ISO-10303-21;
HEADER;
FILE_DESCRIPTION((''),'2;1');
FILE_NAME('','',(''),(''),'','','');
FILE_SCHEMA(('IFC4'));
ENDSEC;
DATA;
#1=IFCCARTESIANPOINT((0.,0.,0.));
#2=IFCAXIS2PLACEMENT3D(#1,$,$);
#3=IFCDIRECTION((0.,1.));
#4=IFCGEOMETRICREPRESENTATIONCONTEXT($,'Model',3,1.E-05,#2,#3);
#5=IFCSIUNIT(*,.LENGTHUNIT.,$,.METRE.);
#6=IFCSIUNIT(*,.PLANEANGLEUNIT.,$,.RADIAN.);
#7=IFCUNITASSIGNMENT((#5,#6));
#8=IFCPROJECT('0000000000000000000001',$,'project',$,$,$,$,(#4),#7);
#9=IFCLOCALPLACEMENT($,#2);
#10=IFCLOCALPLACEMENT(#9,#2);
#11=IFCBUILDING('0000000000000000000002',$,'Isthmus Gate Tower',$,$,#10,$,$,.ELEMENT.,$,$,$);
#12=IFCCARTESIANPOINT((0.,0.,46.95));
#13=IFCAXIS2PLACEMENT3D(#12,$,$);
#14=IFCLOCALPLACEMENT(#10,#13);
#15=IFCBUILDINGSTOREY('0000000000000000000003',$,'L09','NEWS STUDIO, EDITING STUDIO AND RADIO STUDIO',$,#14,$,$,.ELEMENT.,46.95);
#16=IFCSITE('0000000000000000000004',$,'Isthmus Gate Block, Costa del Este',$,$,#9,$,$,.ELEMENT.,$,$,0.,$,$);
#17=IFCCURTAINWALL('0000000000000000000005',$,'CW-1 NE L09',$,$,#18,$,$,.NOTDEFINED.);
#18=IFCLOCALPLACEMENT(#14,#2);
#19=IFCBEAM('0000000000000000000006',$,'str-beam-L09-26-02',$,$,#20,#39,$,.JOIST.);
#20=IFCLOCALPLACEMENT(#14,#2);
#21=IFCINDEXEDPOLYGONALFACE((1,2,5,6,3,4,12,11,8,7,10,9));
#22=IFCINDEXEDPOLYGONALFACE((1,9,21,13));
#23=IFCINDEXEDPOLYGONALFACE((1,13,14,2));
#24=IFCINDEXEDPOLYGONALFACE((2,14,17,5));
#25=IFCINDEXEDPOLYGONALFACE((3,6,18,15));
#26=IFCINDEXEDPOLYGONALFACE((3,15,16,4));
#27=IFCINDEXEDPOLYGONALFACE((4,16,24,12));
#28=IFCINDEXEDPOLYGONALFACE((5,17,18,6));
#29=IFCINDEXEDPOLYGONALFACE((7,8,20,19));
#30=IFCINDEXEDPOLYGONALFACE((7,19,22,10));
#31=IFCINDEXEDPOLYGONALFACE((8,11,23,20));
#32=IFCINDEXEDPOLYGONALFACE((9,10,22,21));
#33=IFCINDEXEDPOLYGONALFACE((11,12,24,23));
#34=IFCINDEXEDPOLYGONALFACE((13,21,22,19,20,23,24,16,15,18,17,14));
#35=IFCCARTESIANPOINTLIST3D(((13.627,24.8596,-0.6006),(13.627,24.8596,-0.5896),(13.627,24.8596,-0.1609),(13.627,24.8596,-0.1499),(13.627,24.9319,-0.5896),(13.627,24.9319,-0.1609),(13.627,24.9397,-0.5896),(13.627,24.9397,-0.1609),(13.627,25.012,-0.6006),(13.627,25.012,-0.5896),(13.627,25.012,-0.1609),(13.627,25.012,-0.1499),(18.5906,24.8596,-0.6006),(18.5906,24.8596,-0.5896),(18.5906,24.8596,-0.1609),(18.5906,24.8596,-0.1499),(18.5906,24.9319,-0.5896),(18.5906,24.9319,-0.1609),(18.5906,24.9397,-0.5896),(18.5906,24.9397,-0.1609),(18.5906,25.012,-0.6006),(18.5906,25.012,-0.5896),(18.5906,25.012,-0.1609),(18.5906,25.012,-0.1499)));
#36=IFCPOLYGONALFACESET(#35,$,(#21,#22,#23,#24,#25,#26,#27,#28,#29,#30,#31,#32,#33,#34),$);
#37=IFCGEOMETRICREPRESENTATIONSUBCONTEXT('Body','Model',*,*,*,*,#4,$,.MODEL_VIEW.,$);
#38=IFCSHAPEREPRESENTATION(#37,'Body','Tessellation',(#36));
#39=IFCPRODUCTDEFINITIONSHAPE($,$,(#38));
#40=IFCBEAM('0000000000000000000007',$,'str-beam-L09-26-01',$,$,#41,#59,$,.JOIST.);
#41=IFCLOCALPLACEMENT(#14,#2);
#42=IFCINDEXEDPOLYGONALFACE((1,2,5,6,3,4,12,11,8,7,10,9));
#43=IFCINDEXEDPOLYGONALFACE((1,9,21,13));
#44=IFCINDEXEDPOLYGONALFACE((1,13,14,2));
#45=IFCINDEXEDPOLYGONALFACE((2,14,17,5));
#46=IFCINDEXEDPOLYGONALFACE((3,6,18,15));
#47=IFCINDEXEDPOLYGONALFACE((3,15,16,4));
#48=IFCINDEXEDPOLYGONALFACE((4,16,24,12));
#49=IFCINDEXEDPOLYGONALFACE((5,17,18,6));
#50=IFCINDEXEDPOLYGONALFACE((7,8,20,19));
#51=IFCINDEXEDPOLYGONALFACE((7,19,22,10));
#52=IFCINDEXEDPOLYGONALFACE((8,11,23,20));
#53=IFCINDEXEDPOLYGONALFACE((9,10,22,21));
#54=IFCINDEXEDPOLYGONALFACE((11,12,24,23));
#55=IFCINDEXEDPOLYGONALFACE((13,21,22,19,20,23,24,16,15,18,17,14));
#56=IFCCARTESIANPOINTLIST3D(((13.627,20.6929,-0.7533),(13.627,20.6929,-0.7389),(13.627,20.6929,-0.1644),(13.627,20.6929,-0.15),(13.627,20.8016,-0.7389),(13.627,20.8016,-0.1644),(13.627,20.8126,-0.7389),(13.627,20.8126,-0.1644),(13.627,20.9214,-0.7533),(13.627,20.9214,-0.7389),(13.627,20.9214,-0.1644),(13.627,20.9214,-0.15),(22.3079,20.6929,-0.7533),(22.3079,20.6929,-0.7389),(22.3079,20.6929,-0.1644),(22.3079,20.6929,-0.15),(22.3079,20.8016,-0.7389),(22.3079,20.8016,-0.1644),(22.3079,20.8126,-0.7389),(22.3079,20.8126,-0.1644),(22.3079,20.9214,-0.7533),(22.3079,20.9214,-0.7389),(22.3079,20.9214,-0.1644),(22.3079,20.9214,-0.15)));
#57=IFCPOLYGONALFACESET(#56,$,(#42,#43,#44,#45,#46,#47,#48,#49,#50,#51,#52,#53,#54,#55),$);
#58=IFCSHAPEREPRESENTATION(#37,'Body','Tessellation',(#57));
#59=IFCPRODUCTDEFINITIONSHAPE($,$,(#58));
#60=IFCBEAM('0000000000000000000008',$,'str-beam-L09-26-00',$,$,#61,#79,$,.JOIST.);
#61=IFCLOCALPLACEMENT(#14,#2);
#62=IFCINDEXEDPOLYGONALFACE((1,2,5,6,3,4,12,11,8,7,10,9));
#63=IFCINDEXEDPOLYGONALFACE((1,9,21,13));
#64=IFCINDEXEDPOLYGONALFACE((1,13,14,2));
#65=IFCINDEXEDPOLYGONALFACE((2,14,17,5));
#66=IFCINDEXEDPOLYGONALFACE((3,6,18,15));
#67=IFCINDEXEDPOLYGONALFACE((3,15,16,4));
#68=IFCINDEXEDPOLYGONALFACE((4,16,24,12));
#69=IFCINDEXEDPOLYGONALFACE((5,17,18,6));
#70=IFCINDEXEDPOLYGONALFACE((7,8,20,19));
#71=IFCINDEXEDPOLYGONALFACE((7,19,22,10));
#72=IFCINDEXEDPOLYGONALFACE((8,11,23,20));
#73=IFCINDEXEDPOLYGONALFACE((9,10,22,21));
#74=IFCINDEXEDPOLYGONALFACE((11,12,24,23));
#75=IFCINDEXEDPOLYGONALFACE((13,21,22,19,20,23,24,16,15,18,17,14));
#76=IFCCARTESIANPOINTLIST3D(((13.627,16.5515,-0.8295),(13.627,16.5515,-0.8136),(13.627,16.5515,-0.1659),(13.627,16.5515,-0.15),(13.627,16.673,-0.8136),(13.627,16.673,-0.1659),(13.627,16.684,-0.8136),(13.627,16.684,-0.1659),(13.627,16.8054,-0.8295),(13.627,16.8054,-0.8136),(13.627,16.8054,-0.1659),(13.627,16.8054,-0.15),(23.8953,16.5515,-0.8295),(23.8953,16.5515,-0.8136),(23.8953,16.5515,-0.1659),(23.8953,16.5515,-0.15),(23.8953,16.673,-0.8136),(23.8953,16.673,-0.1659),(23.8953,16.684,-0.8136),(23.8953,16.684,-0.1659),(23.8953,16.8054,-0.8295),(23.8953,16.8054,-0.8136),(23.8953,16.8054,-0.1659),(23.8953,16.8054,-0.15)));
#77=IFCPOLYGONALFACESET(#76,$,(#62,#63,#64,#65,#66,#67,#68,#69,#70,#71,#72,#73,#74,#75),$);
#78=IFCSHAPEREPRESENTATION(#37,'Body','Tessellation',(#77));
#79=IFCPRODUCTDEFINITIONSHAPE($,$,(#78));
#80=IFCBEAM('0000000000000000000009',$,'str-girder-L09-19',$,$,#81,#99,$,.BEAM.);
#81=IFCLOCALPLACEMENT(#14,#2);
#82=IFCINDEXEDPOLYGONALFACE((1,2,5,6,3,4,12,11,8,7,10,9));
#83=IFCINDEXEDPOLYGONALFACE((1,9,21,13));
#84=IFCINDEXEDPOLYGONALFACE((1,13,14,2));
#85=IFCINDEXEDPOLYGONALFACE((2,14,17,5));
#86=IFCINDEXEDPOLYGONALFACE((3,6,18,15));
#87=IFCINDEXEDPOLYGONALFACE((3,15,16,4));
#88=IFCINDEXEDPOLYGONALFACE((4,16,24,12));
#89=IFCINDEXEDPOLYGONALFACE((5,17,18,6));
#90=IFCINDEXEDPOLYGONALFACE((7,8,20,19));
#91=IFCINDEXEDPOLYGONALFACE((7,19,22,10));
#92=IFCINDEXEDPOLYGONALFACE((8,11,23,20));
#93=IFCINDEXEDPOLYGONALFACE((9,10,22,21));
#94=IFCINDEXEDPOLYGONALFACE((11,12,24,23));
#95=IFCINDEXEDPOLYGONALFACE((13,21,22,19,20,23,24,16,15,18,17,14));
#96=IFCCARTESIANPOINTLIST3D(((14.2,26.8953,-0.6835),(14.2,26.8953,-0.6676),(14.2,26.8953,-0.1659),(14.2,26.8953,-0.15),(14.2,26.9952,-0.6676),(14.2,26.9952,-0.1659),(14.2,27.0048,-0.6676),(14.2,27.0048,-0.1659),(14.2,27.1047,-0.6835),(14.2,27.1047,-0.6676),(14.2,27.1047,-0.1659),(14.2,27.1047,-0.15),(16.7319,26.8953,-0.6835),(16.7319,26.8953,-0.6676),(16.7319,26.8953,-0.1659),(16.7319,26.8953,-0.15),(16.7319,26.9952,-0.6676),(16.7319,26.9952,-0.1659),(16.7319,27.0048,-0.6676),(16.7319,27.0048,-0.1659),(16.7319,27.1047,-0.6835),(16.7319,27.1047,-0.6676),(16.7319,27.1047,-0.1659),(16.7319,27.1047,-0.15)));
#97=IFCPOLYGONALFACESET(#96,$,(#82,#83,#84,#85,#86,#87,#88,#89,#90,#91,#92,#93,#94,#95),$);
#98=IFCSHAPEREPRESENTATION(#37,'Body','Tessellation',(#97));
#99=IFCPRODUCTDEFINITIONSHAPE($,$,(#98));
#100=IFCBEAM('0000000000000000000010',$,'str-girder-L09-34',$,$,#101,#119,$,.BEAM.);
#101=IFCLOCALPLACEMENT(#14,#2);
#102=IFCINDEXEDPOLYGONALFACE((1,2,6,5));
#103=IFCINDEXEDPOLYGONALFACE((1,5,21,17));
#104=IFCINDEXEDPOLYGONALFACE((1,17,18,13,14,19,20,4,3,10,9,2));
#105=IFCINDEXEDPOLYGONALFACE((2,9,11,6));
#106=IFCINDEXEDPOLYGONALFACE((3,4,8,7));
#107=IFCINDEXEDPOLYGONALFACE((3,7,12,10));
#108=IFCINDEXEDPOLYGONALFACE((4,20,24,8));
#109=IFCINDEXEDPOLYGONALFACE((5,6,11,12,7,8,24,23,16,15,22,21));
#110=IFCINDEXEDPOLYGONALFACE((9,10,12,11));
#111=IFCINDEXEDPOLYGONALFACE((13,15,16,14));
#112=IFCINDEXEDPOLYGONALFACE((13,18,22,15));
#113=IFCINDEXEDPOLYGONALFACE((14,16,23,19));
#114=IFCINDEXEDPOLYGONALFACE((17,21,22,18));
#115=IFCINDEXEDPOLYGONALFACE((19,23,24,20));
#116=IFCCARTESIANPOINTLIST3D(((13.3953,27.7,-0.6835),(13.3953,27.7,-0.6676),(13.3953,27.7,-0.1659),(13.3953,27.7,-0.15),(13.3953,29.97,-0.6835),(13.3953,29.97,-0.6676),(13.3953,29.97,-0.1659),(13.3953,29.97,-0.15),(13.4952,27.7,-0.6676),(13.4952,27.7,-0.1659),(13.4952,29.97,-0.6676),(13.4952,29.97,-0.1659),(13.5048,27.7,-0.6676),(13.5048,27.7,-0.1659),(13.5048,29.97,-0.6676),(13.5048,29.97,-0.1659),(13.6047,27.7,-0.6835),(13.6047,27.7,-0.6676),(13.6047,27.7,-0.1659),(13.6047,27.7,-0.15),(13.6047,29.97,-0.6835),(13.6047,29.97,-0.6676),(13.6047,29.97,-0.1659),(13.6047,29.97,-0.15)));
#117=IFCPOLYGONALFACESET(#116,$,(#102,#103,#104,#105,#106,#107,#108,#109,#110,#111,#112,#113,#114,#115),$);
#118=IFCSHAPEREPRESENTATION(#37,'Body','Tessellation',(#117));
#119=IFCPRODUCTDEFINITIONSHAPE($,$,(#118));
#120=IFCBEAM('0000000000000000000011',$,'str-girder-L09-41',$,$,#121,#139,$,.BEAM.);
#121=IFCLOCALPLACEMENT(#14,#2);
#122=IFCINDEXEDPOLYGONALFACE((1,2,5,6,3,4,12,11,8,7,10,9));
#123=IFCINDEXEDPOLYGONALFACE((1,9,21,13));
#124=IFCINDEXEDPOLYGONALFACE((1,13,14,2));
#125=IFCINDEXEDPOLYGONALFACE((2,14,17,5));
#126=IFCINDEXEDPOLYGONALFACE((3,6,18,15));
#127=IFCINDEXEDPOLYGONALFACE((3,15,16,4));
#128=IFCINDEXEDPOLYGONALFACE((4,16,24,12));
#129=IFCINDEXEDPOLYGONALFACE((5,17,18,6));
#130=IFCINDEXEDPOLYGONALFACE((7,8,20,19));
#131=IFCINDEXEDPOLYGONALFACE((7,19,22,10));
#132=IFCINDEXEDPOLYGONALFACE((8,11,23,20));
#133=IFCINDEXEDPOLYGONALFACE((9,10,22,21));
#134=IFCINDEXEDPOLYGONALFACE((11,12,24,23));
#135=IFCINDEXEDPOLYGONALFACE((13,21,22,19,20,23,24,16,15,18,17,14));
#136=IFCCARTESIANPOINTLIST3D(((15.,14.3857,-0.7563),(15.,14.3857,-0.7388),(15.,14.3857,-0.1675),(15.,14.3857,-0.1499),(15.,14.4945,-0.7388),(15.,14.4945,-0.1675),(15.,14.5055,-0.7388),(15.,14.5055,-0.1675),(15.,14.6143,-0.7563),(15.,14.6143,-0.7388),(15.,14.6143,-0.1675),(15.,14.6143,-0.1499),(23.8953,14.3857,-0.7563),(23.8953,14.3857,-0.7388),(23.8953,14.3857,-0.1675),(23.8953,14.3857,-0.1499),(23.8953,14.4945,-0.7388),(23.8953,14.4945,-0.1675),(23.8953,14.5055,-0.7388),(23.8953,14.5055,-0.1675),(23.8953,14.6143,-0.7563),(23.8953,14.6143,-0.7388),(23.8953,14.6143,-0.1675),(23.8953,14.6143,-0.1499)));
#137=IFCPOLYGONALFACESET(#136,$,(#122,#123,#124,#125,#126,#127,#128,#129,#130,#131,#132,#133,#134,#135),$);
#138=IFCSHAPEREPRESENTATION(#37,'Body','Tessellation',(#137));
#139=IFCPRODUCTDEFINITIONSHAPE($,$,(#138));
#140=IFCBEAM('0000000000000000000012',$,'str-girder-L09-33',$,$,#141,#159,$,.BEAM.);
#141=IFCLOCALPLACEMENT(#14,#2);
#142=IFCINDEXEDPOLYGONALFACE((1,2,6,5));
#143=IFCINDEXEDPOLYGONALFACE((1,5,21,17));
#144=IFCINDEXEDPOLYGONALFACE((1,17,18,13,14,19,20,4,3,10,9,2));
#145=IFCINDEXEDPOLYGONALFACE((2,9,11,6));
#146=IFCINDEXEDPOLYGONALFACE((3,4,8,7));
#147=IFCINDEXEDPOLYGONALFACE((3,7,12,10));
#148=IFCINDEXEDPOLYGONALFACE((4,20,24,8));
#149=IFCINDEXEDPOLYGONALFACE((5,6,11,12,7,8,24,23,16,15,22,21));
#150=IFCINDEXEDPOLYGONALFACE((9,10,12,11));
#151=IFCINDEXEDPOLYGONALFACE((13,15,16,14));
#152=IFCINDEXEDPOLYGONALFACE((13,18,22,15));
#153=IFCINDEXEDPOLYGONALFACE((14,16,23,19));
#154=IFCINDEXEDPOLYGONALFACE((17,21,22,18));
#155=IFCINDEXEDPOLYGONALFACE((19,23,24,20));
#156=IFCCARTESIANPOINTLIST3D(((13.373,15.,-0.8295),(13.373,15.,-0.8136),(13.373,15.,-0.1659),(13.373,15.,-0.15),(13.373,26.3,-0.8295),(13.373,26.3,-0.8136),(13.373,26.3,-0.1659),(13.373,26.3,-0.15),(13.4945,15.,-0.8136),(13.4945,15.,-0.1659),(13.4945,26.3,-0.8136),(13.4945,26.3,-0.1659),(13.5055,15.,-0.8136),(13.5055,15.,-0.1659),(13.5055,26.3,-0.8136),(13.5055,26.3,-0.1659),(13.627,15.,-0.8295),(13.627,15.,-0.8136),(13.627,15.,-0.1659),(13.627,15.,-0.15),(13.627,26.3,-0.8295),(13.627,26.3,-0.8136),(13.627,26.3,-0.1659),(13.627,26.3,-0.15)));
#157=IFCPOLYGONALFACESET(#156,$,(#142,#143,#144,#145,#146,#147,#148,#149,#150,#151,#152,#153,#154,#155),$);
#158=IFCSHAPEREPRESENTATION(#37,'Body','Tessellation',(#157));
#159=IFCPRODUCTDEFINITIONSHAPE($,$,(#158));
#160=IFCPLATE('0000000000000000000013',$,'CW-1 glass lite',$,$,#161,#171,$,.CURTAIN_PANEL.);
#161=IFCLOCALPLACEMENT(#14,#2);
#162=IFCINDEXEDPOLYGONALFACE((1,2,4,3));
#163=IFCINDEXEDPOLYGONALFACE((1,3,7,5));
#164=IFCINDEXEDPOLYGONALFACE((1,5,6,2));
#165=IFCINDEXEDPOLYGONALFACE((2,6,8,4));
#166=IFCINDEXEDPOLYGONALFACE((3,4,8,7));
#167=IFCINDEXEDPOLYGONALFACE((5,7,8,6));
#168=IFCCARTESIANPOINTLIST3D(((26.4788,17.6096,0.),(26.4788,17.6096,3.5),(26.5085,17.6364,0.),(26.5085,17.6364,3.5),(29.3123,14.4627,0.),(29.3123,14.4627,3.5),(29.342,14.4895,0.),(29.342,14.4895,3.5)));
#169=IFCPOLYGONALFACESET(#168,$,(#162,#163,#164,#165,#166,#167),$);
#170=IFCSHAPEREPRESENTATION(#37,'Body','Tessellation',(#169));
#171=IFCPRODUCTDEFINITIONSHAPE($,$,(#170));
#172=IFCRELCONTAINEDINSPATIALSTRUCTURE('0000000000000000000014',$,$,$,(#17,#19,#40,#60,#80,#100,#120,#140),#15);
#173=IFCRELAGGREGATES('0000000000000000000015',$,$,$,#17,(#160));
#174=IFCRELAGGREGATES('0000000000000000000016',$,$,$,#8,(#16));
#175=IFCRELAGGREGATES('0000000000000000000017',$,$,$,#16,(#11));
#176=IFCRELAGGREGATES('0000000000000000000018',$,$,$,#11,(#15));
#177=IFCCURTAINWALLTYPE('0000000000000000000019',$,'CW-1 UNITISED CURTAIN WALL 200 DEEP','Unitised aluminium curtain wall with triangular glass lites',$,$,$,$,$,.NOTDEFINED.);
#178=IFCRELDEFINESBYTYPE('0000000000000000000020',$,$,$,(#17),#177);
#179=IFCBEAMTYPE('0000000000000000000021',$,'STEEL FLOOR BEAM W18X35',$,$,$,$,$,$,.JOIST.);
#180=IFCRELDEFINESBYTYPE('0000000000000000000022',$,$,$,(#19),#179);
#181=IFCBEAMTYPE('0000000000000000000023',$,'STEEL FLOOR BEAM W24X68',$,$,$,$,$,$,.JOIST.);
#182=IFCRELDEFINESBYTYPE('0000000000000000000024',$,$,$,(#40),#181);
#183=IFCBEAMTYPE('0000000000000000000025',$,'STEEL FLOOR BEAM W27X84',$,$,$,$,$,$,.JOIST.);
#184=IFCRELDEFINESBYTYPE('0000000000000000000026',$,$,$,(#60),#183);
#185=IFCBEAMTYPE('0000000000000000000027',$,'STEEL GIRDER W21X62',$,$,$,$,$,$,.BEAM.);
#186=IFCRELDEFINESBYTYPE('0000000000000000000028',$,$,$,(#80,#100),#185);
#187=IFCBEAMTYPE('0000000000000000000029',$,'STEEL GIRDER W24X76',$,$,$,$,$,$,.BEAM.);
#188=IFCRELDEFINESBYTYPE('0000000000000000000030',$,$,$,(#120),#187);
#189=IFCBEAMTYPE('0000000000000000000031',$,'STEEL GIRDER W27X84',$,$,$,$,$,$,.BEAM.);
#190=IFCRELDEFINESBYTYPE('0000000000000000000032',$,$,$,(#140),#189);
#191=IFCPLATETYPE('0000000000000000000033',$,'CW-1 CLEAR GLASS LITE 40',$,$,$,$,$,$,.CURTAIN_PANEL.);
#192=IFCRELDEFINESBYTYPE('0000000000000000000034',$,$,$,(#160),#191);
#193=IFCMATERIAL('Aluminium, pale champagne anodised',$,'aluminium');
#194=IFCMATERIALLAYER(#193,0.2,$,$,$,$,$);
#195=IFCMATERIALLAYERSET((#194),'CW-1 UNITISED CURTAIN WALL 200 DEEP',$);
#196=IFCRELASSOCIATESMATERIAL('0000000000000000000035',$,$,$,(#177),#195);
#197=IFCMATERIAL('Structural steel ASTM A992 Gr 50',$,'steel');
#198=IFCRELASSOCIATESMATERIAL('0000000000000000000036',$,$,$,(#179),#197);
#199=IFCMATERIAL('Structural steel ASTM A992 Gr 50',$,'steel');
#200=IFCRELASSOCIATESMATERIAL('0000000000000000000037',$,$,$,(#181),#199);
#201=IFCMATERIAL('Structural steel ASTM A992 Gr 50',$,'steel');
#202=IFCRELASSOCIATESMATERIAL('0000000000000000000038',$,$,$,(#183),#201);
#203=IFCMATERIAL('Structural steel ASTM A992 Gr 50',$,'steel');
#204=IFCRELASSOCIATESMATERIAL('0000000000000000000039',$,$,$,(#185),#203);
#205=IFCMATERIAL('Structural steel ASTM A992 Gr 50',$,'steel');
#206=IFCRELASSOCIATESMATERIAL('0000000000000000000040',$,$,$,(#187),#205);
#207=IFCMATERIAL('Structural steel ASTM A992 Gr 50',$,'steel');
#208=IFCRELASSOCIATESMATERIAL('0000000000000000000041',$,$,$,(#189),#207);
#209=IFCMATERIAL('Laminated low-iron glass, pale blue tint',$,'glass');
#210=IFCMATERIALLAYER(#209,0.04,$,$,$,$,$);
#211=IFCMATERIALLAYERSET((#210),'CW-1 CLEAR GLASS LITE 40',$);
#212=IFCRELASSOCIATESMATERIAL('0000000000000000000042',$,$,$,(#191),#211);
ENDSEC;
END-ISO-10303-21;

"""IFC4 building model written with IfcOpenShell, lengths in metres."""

from ifc_helpers import new_model, si_unit, direction, frame, origin, origin_2d, place, context, subcontext, project, spatial, rectangle, i_section, extrude, material, layer, layer_set, material_profile, profile_set, type_object, element, aggregate, save


model = new_model("IFC4")

# Units and contexts
model_context = context("Model", 3, precision=1e-05, world=origin(), true_north=direction((0.0, 1.0)))
body_context = subcontext(model_context, "Body", "Model", "MODEL_VIEW")
ifc_project = project(units=[si_unit("LENGTHUNIT", "METRE"), si_unit("PLANEANGLEUNIT", "RADIAN")], contexts=[model_context])

# Site, building, storey
site_placement = place(None, origin())
site = spatial("IfcSite", under=ifc_project, at=site_placement, Name="Isthmus Gate Block, Costa del Este", CompositionType="ELEMENT", RefElevation=0.0)
building_placement = place(site_placement, origin())
building = spatial("IfcBuilding", under=site, at=building_placement, Name="Isthmus Gate Tower", CompositionType="ELEMENT")
storey_placement = place(building_placement, frame((0.0, 0.0, 46.95)))
storey = spatial("IfcBuildingStorey", under=building, at=storey_placement, Name="L09", Description="NEWS STUDIO, EDITING STUDIO AND RADIO STUDIO", CompositionType="ELEMENT", Elevation=46.95)

# Curtain wall
ifc_material_1 = material(Name="Aluminium, pale champagne anodised", Category="aluminium")
ifc_layer_1 = layer(ifc_material_1, 0.2)
ifc_layer_set_1 = layer_set([ifc_layer_1], Name="CW-1 UNITISED CURTAIN WALL 200 DEEP")
curtain_wall_type = type_object("IfcCurtainWallType", Name="CW-1 UNITISED CURTAIN WALL 200 DEEP", Description="Unitised aluminium curtain wall with triangular glass lites", PredefinedType="NOTDEFINED", material=ifc_layer_set_1)
curtain_wall_1_placement = place(storey_placement, origin())
curtain_wall_1 = element("IfcCurtainWall", 1, at=curtain_wall_1_placement, inside=storey, type_object=curtain_wall_type, Name="CW-1 NE L09", PredefinedType="NOTDEFINED")

# Beams
ifc_material_2 = material(Name="Structural steel ASTM A992 Gr 50", Category="steel")
ifc_material_profile_1 = material_profile(ifc_material_2, i_section(OverallWidth=0.1523, OverallDepth=0.4507, WebThickness=0.0078, FlangeThickness=0.011, at=origin_2d()), Name="W18X35")
ifc_profile_set_1 = profile_set([ifc_material_profile_1], Name="Structural steel ASTM A992 Gr 50")
beam_type_1 = type_object("IfcBeamType", Name="STEEL FLOOR BEAM W18X35", PredefinedType="JOIST", material=ifc_profile_set_1)
beam_1_placement = place(storey_placement, frame((13.627, 24.9358, -0.3752), z_axis=(1.0, 0.0, 0.0), x_axis=(0.0, 1.0, 0.0)))
element("IfcBeam", 2, at=beam_1_placement, inside=storey, type_object=beam_type_1, Name="str-beam-L09-26-02", PredefinedType="JOIST", context=body_context, shape_type="SweptSolid", body=[
    extrude(i_section(OverallWidth=0.1523, OverallDepth=0.4507, WebThickness=0.0078, FlangeThickness=0.011, at=origin_2d()), origin(), (0.0, 0.0, 1.0), 4.9636),
])
ifc_material_3 = material(Name="Structural steel ASTM A992 Gr 50", Category="steel")
ifc_material_profile_2 = material_profile(ifc_material_3, i_section(OverallWidth=0.2285, OverallDepth=0.6033, WebThickness=0.011, FlangeThickness=0.0144, at=origin_2d()), Name="W24X68")
ifc_profile_set_2 = profile_set([ifc_material_profile_2], Name="Structural steel ASTM A992 Gr 50")
beam_type_2 = type_object("IfcBeamType", Name="STEEL FLOOR BEAM W24X68", PredefinedType="JOIST", material=ifc_profile_set_2)
beam_2_placement = place(storey_placement, frame((13.627, 20.8071, -0.4517), z_axis=(1.0, 0.0, 0.0), x_axis=(0.0, 1.0, 0.0)))
element("IfcBeam", 3, at=beam_2_placement, inside=storey, type_object=beam_type_2, Name="str-beam-L09-26-01", PredefinedType="JOIST", context=body_context, shape_type="SweptSolid", body=[
    extrude(i_section(OverallWidth=0.2285, OverallDepth=0.6033, WebThickness=0.011, FlangeThickness=0.0144, at=origin_2d()), origin(), (0.0, 0.0, 1.0), 8.6809),
])
ifc_material_4 = material(Name="Structural steel ASTM A992 Gr 50", Category="steel")
ifc_material_profile_3 = material_profile(ifc_material_4, i_section(OverallWidth=0.2539, OverallDepth=0.6794, WebThickness=0.011, FlangeThickness=0.0159, at=origin_2d()), Name="W27X84")
ifc_profile_set_3 = profile_set([ifc_material_profile_3], Name="Structural steel ASTM A992 Gr 50")
beam_type_3 = type_object("IfcBeamType", Name="STEEL FLOOR BEAM W27X84", PredefinedType="JOIST", material=ifc_profile_set_3)
beam_3_placement = place(storey_placement, frame((13.627, 16.6785, -0.4897), z_axis=(1.0, 0.0, 0.0), x_axis=(0.0, 1.0, 0.0)))
element("IfcBeam", 4, at=beam_3_placement, inside=storey, type_object=beam_type_3, Name="str-beam-L09-26-00", PredefinedType="JOIST", context=body_context, shape_type="SweptSolid", body=[
    extrude(i_section(OverallWidth=0.2539, OverallDepth=0.6794, WebThickness=0.011, FlangeThickness=0.0159, at=origin_2d()), origin(), (0.0, 0.0, 1.0), 10.2683),
])
ifc_material_5 = material(Name="Structural steel ASTM A992 Gr 50", Category="steel")
ifc_material_profile_4 = material_profile(ifc_material_5, i_section(OverallWidth=0.2095, OverallDepth=0.5334, WebThickness=0.0095, FlangeThickness=0.0159, at=origin_2d()), Name="W21X62")
ifc_profile_set_4 = profile_set([ifc_material_profile_4], Name="Structural steel ASTM A992 Gr 50")
beam_type_4 = type_object("IfcBeamType", Name="STEEL GIRDER W21X62", PredefinedType="BEAM", material=ifc_profile_set_4)
beam_4_placement = place(storey_placement, frame((14.2, 27.0, -0.4167), z_axis=(1.0, 0.0, 0.0), x_axis=(0.0, 1.0, 0.0)))
element("IfcBeam", 5, at=beam_4_placement, inside=storey, type_object=beam_type_4, Name="str-girder-L09-19", PredefinedType="BEAM", context=body_context, shape_type="SweptSolid", body=[
    extrude(i_section(OverallWidth=0.2095, OverallDepth=0.5334, WebThickness=0.0095, FlangeThickness=0.0159, at=origin_2d()), origin(), (0.0, 0.0, 1.0), 2.532),
])
beam_5_placement = place(storey_placement, frame((13.5, 27.7, -0.4167), z_axis=(0.0, 1.0, 0.0), x_axis=(-1.0, 0.0, 0.0)))
element("IfcBeam", 6, at=beam_5_placement, inside=storey, type_object=beam_type_4, Name="str-girder-L09-34", PredefinedType="BEAM", context=body_context, shape_type="SweptSolid", body=[
    extrude(i_section(OverallWidth=0.2095, OverallDepth=0.5334, WebThickness=0.0095, FlangeThickness=0.0159, at=origin_2d()), origin(), (0.0, 0.0, 1.0), 2.27),
])
ifc_material_6 = material(Name="Structural steel ASTM A992 Gr 50", Category="steel")
ifc_material_profile_5 = material_profile(ifc_material_6, i_section(OverallWidth=0.2285, OverallDepth=0.6064, WebThickness=0.011, FlangeThickness=0.0176, at=origin_2d()), Name="W24X76")
ifc_profile_set_5 = profile_set([ifc_material_profile_5], Name="Structural steel ASTM A992 Gr 50")
beam_type_5 = type_object("IfcBeamType", Name="STEEL GIRDER W24X76", PredefinedType="BEAM", material=ifc_profile_set_5)
beam_6_placement = place(storey_placement, frame((15.0, 14.5, -0.4531), z_axis=(1.0, 0.0, 0.0), x_axis=(0.0, 1.0, 0.0)))
element("IfcBeam", 7, at=beam_6_placement, inside=storey, type_object=beam_type_5, Name="str-girder-L09-41", PredefinedType="BEAM", context=body_context, shape_type="SweptSolid", body=[
    extrude(i_section(OverallWidth=0.2285, OverallDepth=0.6064, WebThickness=0.011, FlangeThickness=0.0176, at=origin_2d()), origin(), (0.0, 0.0, 1.0), 8.8953),
])
ifc_material_7 = material(Name="Structural steel ASTM A992 Gr 50", Category="steel")
ifc_material_profile_6 = material_profile(ifc_material_7, i_section(OverallWidth=0.2539, OverallDepth=0.6794, WebThickness=0.011, FlangeThickness=0.0159, at=origin_2d()), Name="W27X84")
ifc_profile_set_6 = profile_set([ifc_material_profile_6], Name="Structural steel ASTM A992 Gr 50")
beam_type_6 = type_object("IfcBeamType", Name="STEEL GIRDER W27X84", PredefinedType="BEAM", material=ifc_profile_set_6)
beam_7_placement = place(storey_placement, frame((13.5, 15.0, -0.4897), z_axis=(0.0, 1.0, 0.0), x_axis=(-1.0, 0.0, 0.0)))
element("IfcBeam", 8, at=beam_7_placement, inside=storey, type_object=beam_type_6, Name="str-girder-L09-33", PredefinedType="BEAM", context=body_context, shape_type="SweptSolid", body=[
    extrude(i_section(OverallWidth=0.2539, OverallDepth=0.6794, WebThickness=0.011, FlangeThickness=0.0159, at=origin_2d()), origin(), (0.0, 0.0, 1.0), 11.3),
])

# Plate
ifc_material_8 = material(Name="Laminated low-iron glass, pale blue tint", Category="glass")
ifc_layer_2 = layer(ifc_material_8, 0.04)
ifc_layer_set_2 = layer_set([ifc_layer_2], Name="CW-1 CLEAR GLASS LITE 40")
plate_type = type_object("IfcPlateType", Name="CW-1 CLEAR GLASS LITE 40", PredefinedType="CURTAIN_PANEL", material=ifc_layer_set_2)
plate_1_placement = place(storey_placement, frame((27.9104, 16.0496, 0.0), z_axis=(0.0, 0.0, 1.0), x_axis=(-0.669131, 0.743145, 0.0)))
plate_1 = element("IfcPlate", 9, at=plate_1_placement, type_object=plate_type, Name="CW-1 glass lite", PredefinedType="CURTAIN_PANEL", context=body_context, shape_type="SweptSolid", body=[
    extrude(rectangle(XDim=4.2346, YDim=0.04, at=origin_2d()), origin(), (0.0, 0.0, 1.0), 3.5),
])

aggregate(curtain_wall_1, [plate_1])

save(model, "model.ifc")
